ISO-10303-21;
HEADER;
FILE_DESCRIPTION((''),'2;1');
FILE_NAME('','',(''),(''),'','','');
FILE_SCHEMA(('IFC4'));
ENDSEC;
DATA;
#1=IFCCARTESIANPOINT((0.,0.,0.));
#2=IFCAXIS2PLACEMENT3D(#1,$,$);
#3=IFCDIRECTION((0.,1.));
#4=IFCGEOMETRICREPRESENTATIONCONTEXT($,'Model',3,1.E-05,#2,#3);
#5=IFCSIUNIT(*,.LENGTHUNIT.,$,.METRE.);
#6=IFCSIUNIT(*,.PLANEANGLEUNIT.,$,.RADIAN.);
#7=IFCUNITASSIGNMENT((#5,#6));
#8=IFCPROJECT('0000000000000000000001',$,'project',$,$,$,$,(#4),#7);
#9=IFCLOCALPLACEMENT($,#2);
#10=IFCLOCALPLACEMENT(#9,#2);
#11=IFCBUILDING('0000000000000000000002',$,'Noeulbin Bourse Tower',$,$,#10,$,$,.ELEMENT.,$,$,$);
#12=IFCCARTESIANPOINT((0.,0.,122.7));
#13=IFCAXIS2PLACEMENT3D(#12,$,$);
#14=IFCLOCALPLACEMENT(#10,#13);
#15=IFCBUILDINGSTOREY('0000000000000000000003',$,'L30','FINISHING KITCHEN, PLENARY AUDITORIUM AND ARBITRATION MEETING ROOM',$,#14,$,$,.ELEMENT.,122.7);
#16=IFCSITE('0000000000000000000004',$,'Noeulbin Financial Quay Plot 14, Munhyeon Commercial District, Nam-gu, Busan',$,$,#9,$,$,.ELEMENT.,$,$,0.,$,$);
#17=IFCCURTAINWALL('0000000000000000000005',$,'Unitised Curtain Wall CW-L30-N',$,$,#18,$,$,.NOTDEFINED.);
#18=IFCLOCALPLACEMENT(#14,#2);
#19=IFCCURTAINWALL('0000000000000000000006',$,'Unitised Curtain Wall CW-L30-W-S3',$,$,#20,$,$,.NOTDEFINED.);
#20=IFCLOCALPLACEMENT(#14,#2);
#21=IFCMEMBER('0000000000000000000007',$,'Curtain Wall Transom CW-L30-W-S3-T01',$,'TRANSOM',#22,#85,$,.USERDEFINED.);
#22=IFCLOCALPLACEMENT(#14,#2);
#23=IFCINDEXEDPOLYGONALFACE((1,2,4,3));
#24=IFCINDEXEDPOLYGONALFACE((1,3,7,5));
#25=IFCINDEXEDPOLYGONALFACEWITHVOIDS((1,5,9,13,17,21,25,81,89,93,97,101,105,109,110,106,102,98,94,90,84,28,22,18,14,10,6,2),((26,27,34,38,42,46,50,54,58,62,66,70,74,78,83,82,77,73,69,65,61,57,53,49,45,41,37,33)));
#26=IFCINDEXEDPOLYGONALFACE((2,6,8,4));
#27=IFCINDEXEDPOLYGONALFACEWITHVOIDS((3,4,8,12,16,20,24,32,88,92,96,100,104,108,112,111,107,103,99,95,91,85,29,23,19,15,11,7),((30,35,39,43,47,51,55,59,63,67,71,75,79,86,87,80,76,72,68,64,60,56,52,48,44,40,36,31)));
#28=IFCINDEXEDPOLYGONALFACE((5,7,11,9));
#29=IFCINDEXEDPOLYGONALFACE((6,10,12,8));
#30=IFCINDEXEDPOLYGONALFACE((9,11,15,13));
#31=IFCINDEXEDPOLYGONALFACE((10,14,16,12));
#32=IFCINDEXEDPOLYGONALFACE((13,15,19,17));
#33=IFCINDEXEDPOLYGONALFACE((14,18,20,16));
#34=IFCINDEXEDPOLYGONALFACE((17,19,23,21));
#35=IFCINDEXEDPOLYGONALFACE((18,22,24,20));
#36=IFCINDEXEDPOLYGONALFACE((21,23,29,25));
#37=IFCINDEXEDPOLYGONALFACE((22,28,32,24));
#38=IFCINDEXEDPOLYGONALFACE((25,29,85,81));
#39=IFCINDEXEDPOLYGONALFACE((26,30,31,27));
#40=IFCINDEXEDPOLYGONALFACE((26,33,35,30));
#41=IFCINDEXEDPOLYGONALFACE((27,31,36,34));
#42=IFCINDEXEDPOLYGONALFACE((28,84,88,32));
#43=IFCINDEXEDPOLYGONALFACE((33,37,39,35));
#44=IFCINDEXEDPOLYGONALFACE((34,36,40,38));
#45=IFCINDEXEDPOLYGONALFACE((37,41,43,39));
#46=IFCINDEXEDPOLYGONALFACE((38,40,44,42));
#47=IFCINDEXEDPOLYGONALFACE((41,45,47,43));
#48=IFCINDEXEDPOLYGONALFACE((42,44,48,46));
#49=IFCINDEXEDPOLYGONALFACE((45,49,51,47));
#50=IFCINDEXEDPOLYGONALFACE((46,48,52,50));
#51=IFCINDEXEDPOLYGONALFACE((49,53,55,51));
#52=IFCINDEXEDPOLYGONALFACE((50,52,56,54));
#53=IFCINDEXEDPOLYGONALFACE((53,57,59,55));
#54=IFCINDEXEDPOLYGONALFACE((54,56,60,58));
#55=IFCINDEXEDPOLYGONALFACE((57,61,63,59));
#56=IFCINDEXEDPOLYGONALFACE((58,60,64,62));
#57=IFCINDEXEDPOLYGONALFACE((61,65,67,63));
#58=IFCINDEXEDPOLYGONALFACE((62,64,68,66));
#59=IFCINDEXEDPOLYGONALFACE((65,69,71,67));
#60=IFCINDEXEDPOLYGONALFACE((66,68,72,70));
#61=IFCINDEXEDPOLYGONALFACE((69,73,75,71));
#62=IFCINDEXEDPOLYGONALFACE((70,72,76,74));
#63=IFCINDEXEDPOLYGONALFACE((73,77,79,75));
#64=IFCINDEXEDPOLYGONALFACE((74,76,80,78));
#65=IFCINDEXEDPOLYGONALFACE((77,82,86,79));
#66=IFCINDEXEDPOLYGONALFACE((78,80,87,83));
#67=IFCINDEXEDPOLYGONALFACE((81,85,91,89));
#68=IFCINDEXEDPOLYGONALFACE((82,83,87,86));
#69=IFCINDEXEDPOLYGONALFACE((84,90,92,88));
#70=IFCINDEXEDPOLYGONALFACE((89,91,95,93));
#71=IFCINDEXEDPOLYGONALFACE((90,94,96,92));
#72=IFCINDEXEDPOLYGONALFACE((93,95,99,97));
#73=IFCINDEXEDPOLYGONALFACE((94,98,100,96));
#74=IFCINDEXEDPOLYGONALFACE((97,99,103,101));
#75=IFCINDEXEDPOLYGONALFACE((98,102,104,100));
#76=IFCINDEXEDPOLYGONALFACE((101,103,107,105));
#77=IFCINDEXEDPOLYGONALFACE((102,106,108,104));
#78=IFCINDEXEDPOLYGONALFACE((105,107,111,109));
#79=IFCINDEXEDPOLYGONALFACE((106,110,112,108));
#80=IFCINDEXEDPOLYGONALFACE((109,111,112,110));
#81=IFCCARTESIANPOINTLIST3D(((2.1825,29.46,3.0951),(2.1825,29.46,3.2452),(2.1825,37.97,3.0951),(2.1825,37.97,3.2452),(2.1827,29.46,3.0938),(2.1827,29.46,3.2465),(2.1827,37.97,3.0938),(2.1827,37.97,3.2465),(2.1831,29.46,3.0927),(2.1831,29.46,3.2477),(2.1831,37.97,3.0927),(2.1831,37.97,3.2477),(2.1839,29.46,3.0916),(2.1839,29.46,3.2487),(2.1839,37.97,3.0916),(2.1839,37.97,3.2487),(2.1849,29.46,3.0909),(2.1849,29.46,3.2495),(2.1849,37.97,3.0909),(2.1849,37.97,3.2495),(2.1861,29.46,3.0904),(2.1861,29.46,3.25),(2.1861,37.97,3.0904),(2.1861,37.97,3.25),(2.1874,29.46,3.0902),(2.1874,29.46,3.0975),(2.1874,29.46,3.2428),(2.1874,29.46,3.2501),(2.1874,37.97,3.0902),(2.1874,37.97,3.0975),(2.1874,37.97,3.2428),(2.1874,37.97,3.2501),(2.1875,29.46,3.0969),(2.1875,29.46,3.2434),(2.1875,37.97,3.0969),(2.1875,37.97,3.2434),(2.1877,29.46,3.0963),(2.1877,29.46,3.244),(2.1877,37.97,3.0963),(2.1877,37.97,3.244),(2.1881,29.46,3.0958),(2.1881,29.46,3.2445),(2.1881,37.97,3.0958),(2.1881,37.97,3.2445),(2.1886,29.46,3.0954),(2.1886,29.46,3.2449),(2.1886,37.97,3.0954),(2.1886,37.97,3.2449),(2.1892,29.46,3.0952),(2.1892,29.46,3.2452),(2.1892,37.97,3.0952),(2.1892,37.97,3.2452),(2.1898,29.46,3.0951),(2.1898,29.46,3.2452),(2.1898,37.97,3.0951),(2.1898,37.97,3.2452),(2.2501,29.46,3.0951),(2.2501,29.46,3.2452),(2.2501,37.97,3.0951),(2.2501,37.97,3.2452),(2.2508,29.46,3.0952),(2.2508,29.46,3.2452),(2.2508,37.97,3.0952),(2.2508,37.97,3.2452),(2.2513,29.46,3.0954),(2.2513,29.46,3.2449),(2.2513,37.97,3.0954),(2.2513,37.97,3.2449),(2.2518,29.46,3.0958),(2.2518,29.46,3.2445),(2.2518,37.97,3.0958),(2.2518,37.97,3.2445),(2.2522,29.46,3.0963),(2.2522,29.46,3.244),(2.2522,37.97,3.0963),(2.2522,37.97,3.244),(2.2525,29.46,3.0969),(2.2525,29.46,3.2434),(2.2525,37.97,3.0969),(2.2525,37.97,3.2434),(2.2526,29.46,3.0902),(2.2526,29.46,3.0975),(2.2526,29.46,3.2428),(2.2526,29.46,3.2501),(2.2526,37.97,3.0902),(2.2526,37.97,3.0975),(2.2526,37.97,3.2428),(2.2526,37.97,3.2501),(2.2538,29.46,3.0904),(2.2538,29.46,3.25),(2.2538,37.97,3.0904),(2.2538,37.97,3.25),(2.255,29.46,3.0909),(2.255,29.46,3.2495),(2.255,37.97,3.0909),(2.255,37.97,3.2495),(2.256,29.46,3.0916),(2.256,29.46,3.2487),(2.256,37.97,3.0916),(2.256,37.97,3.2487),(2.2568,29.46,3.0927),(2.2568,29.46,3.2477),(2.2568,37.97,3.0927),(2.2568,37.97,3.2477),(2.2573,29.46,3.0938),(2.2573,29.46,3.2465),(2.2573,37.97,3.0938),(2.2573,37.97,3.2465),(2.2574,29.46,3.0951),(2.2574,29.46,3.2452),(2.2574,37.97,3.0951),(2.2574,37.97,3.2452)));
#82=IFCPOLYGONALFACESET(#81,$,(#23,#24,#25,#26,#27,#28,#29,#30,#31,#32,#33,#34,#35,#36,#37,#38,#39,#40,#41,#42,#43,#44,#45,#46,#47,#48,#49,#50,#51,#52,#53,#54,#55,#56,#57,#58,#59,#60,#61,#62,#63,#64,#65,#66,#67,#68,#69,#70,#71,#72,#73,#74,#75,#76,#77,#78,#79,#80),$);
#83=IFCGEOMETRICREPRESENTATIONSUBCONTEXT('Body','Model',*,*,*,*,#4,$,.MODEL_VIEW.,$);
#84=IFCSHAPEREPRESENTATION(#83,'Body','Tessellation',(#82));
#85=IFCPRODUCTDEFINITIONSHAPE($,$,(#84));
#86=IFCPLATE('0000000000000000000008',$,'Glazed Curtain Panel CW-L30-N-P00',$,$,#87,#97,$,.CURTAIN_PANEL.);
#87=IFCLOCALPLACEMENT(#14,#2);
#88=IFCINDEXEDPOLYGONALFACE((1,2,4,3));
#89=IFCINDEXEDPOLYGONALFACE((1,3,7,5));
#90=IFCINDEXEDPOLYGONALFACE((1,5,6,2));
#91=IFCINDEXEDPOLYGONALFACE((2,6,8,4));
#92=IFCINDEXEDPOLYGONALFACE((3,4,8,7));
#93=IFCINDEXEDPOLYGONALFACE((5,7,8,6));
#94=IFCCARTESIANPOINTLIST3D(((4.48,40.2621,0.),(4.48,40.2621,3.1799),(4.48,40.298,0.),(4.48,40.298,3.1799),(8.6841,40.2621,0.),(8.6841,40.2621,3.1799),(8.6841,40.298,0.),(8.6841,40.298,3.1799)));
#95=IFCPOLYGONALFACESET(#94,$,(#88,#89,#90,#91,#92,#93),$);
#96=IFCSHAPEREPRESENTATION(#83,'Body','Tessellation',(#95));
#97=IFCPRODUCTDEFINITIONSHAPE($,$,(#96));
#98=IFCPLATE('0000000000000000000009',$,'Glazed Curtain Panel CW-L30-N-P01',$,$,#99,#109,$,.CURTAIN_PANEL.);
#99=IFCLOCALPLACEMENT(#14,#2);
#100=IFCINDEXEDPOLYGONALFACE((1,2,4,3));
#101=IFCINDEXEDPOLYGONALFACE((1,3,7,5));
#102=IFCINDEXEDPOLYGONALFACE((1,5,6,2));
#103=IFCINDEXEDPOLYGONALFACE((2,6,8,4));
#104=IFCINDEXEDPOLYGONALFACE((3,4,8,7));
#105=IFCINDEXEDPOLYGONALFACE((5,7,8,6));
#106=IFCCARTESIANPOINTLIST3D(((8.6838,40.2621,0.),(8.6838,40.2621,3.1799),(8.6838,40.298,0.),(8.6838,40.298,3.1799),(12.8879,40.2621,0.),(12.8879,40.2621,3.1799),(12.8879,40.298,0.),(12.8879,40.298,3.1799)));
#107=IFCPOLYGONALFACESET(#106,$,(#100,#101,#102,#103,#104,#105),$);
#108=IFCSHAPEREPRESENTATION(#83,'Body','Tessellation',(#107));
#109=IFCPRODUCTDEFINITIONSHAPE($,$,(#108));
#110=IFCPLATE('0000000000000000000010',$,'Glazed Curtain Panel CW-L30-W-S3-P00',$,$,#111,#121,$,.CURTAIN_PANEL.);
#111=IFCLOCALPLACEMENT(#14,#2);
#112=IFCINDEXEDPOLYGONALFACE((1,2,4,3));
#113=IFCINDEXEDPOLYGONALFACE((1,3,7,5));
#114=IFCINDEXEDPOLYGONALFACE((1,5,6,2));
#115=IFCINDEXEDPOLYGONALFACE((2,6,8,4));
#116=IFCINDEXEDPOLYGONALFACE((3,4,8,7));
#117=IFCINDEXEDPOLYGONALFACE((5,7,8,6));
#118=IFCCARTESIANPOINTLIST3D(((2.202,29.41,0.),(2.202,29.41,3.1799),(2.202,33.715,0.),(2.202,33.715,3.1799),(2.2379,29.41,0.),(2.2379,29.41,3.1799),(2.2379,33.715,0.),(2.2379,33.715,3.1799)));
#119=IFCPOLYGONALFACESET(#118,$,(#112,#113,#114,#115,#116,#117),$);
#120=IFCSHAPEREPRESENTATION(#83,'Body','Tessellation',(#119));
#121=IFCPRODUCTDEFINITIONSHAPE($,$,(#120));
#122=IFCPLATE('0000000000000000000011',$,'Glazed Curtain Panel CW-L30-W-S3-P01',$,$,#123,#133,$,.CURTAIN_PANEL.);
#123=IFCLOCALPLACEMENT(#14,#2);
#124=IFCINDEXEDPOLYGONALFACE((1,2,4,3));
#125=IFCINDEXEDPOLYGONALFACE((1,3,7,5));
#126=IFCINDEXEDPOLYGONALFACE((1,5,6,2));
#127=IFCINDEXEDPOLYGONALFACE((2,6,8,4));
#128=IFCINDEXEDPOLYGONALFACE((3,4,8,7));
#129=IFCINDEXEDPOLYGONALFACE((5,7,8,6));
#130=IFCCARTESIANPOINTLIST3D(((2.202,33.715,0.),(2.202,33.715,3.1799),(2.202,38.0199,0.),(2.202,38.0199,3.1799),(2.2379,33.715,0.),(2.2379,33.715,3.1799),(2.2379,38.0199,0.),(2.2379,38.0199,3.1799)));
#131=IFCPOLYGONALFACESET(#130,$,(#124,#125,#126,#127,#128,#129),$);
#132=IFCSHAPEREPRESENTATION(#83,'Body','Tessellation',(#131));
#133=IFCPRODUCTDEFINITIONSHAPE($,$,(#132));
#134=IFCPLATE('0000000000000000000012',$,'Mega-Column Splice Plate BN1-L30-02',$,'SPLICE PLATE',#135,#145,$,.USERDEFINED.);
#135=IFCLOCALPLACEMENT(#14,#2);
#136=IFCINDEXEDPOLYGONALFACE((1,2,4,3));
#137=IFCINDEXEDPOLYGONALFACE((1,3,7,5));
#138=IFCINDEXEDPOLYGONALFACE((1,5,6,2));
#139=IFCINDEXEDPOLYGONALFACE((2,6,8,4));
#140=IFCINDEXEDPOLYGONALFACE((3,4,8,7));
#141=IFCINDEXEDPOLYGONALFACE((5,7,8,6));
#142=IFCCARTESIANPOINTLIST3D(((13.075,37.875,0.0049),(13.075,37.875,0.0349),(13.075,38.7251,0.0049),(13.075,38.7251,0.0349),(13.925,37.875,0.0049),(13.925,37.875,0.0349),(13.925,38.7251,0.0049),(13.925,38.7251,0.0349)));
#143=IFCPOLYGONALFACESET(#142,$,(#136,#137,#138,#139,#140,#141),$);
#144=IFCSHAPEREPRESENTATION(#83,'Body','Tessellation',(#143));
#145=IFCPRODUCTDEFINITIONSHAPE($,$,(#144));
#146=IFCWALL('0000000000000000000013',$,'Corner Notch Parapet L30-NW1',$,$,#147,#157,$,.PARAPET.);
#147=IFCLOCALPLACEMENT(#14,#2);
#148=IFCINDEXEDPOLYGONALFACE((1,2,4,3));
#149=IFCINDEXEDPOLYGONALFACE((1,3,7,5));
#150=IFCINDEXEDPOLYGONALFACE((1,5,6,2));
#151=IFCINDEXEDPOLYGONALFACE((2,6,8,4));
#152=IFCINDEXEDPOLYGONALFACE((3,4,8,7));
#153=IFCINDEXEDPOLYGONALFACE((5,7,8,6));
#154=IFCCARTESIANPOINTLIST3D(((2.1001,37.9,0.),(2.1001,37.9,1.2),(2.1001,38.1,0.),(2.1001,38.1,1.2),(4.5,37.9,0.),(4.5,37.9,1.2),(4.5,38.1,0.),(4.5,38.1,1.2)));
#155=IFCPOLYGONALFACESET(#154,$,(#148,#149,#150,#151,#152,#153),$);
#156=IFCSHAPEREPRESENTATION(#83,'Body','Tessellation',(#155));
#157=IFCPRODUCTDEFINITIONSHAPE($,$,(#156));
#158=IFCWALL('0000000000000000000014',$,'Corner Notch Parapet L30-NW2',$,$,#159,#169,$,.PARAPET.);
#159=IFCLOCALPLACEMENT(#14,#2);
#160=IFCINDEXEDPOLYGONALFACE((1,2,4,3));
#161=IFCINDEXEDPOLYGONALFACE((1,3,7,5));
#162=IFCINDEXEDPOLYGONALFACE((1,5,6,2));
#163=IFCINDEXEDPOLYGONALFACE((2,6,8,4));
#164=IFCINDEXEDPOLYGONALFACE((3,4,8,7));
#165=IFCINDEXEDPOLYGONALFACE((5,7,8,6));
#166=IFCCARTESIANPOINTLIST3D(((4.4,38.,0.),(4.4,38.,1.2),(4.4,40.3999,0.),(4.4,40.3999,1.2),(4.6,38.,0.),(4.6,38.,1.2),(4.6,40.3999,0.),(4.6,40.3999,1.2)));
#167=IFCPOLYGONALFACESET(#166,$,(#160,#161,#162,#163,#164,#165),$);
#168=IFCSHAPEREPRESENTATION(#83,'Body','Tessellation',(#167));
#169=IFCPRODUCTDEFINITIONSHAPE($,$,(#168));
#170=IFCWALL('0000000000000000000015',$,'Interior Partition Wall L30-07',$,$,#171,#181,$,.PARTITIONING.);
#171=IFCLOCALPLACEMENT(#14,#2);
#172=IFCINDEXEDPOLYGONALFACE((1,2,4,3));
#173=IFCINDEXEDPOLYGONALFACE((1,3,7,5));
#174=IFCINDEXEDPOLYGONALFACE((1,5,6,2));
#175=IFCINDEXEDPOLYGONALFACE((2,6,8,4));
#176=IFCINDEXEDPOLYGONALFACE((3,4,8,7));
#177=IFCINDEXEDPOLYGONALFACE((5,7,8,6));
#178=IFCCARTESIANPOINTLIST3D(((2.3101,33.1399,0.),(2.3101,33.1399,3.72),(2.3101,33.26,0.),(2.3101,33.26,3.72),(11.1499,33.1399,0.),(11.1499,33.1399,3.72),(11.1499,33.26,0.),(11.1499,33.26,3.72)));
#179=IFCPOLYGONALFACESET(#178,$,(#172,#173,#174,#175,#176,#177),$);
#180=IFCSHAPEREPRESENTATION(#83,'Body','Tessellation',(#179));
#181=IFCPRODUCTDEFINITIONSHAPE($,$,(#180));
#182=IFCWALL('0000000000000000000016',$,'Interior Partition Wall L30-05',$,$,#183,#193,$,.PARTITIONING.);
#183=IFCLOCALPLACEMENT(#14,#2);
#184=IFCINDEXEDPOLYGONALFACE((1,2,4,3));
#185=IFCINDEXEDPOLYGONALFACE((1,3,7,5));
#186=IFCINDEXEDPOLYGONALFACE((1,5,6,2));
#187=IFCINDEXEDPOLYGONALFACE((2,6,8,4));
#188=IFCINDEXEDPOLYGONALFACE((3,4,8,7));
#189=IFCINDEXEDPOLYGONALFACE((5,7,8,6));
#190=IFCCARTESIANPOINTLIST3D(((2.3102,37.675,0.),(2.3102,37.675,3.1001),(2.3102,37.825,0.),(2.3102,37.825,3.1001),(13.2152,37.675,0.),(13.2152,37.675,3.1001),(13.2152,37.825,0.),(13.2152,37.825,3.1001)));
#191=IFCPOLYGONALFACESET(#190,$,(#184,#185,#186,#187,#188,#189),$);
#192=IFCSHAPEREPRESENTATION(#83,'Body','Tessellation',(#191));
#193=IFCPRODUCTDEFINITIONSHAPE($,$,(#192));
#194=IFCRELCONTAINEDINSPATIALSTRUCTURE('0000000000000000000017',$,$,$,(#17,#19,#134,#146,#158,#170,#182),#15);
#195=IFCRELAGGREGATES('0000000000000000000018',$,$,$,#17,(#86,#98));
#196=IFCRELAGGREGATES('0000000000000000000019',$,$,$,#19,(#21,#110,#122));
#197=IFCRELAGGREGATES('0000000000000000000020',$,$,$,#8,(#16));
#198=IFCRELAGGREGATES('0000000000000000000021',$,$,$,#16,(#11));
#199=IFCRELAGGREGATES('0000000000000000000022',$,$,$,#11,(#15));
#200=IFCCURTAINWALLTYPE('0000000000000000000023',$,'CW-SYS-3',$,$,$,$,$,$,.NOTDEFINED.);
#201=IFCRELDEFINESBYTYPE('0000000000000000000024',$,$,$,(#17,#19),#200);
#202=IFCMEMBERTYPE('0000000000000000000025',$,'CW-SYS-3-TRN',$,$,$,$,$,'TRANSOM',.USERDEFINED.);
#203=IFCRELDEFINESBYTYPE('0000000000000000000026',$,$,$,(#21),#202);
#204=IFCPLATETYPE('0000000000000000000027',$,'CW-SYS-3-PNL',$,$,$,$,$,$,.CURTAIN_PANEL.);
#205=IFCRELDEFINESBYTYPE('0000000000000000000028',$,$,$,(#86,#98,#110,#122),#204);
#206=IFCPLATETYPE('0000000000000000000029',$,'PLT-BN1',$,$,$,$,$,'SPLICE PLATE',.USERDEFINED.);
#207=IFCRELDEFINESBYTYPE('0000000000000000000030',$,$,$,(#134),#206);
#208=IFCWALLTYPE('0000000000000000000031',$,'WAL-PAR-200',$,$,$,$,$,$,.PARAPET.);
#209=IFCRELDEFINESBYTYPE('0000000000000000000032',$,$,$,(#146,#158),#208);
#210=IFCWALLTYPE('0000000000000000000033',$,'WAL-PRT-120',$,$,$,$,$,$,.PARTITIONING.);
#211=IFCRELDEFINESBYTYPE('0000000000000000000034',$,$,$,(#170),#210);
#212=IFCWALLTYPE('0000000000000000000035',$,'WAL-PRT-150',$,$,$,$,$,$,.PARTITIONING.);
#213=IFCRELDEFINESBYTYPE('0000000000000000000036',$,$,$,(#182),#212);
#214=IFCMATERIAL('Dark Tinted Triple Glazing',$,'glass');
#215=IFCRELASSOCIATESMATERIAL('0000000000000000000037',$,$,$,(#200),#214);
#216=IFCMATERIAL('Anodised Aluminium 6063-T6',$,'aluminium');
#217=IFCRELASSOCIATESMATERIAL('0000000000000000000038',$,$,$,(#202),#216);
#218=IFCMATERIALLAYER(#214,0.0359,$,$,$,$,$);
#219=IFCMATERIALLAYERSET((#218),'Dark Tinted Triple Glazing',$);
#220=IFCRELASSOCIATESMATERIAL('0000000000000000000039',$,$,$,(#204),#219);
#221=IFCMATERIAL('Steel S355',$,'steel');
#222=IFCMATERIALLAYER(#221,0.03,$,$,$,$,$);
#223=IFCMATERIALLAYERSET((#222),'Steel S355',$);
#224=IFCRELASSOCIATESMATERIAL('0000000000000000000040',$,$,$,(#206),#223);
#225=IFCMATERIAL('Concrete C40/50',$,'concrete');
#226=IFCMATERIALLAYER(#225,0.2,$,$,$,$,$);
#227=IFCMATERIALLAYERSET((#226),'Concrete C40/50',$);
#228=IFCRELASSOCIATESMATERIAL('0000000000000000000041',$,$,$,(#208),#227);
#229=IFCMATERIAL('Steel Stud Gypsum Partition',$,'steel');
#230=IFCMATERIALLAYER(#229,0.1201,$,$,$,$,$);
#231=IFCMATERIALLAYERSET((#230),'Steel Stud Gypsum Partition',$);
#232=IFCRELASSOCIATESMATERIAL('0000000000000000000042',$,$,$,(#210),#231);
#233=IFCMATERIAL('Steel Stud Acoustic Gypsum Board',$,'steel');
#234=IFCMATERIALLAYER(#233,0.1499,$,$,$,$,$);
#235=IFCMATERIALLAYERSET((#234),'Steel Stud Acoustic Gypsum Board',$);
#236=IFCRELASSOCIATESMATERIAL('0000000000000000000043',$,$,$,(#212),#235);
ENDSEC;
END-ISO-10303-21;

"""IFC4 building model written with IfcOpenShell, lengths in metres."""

from ifc_helpers import new_model, si_unit, direction, frame, frame_2d, origin, origin_2d, place, context, subcontext, project, spatial, rectangle, hollow_rectangle, extrude, material, layer, layer_set, material_profile, profile_set, type_object, element, aggregate, save


model = new_model("IFC4")

# Units and contexts
model_context = context("Model", 3, precision=1e-05, world=origin(), true_north=direction((0.0, 1.0)))
body_context = subcontext(model_context, "Body", "Model", "MODEL_VIEW")
ifc_project = project(units=[si_unit("LENGTHUNIT", "METRE"), si_unit("PLANEANGLEUNIT", "RADIAN")], contexts=[model_context])

# Site, building, storey
site_placement = place(None, origin())
site = spatial("IfcSite", under=ifc_project, at=site_placement, Name="Noeulbin Financial Quay Plot 14, Munhyeon Commercial District, Nam-gu, Busan", CompositionType="ELEMENT", RefElevation=0.0)
building_placement = place(site_placement, origin())
building = spatial("IfcBuilding", under=site, at=building_placement, Name="Noeulbin Bourse Tower", CompositionType="ELEMENT")
storey_placement = place(building_placement, frame((0.0, 0.0, 122.7)))
storey = spatial("IfcBuildingStorey", under=building, at=storey_placement, Name="L30", Description="FINISHING KITCHEN, PLENARY AUDITORIUM AND ARBITRATION MEETING ROOM", CompositionType="ELEMENT", Elevation=122.7)

# Curtain walls
ifc_material_1 = material(Name="Dark Tinted Triple Glazing", Category="glass")
curtain_wall_type = type_object("IfcCurtainWallType", Name="CW-SYS-3", PredefinedType="NOTDEFINED", material=ifc_material_1)
curtain_wall_1_placement = place(storey_placement, origin())
curtain_wall_1 = element("IfcCurtainWall", 1, at=curtain_wall_1_placement, inside=storey, type_object=curtain_wall_type, Name="Unitised Curtain Wall CW-L30-N", PredefinedType="NOTDEFINED")
ifc_material_2 = material(Name="Anodised Aluminium 6063-T6", Category="aluminium")
curtain_wall_2_placement = place(storey_placement, origin())
curtain_wall_2 = element("IfcCurtainWall", 2, at=curtain_wall_2_placement, inside=storey, type_object=curtain_wall_type, Name="Unitised Curtain Wall CW-L30-W-S3", PredefinedType="NOTDEFINED")

# Member
ifc_material_profile_1 = material_profile(ifc_material_2, hollow_rectangle(XDim=0.075, YDim=0.1599, WallThickness=0.0049, InnerFilletRadius=0.0024, OuterFilletRadius=0.0049, at=origin_2d()), Name="ALU-TRAN-75x160x5", Category="LoadBearing")
ifc_profile_set_1 = profile_set([ifc_material_profile_1], Name="Anodised Aluminium 6063-T6")
member_type_1 = type_object("IfcMemberType", Name="CW-SYS-3-TRN", ElementType="TRANSOM", PredefinedType="USERDEFINED", material=ifc_profile_set_1)
member_1_placement = place(storey_placement, frame((2.22, 29.46, 3.1702), z_axis=(0.0, 1.0, 0.0), x_axis=(-1.0, 0.0, 0.0)))
member_1 = element("IfcMember", 3, at=member_1_placement, type_object=member_type_1, Name="Curtain Wall Transom CW-L30-W-S3-T01", ObjectType="TRANSOM", PredefinedType="USERDEFINED", context=body_context, shape_type="SweptSolid", body=[
    extrude(hollow_rectangle(XDim=0.075, YDim=0.1599, WallThickness=0.0049, InnerFilletRadius=0.0024, OuterFilletRadius=0.0049, at=origin_2d()), origin(), (0.0, 0.0, 1.0), 8.51),
])

# Plates
ifc_layer_1 = layer(ifc_material_1, 0.0359)
ifc_layer_set_1 = layer_set([ifc_layer_1], Name="Dark Tinted Triple Glazing")
plate_type_1 = type_object("IfcPlateType", Name="CW-SYS-3-PNL", PredefinedType="CURTAIN_PANEL", material=ifc_layer_set_1)
plate_1_placement = place(storey_placement, frame((6.582, 40.28, 0.0), z_axis=(0.0, 0.0, 1.0), x_axis=(1.0, 0.0, 0.0)))
plate_1 = element("IfcPlate", 4, at=plate_1_placement, type_object=plate_type_1, Name="Glazed Curtain Panel CW-L30-N-P00", PredefinedType="CURTAIN_PANEL", context=body_context, shape_type="SweptSolid", body=[
    extrude(rectangle(XDim=4.2041, YDim=0.0359, at=origin_2d()), origin(), (0.0, 0.0, 1.0), 3.1799),
])
plate_2_placement = place(storey_placement, frame((10.7859, 40.28, 0.0), z_axis=(0.0, 0.0, 1.0), x_axis=(1.0, 0.0, 0.0)))
plate_2 = element("IfcPlate", 5, at=plate_2_placement, type_object=plate_type_1, Name="Glazed Curtain Panel CW-L30-N-P01", PredefinedType="CURTAIN_PANEL", context=body_context, shape_type="SweptSolid", body=[
    extrude(rectangle(XDim=4.2041, YDim=0.0359, at=origin_2d()), origin(), (0.0, 0.0, 1.0), 3.1799),
])
aggregate(curtain_wall_1, [plate_1, plate_2])
plate_3_placement = place(storey_placement, frame((2.22, 31.5625, 0.0), z_axis=(0.0, 0.0, 1.0), x_axis=(0.0, 1.0, 0.0)))
plate_3 = element("IfcPlate", 6, at=plate_3_placement, type_object=plate_type_1, Name="Glazed Curtain Panel CW-L30-W-S3-P00", PredefinedType="CURTAIN_PANEL", context=body_context, shape_type="SweptSolid", body=[
    extrude(rectangle(XDim=4.3049, YDim=0.0359, at=origin_2d()), origin(), (0.0, 0.0, 1.0), 3.1799),
])
plate_4_placement = place(storey_placement, frame((2.22, 35.8674, 0.0), z_axis=(0.0, 0.0, 1.0), x_axis=(0.0, 1.0, 0.0)))
plate_4 = element("IfcPlate", 7, at=plate_4_placement, type_object=plate_type_1, Name="Glazed Curtain Panel CW-L30-W-S3-P01", PredefinedType="CURTAIN_PANEL", context=body_context, shape_type="SweptSolid", body=[
    extrude(rectangle(XDim=4.3049, YDim=0.0359, at=origin_2d()), origin(), (0.0, 0.0, 1.0), 3.1799),
])
aggregate(curtain_wall_2, [member_1, plate_3, plate_4])
ifc_material_3 = material(Name="Steel S355", Category="steel")
ifc_layer_2 = layer(ifc_material_3, 0.03)
ifc_layer_set_2 = layer_set([ifc_layer_2], Name="Steel S355")
plate_type_2 = type_object("IfcPlateType", Name="PLT-BN1", ElementType="SPLICE PLATE", PredefinedType="USERDEFINED", material=ifc_layer_set_2)
plate_5_placement = place(storey_placement, frame((13.5, 38.3, 0.0049), z_axis=(0.0, 0.0, 1.0), x_axis=(1.0, 0.0, 0.0)))
element("IfcPlate", 8, at=plate_5_placement, inside=storey, type_object=plate_type_2, Name="Mega-Column Splice Plate BN1-L30-02", ObjectType="SPLICE PLATE", PredefinedType="USERDEFINED", context=body_context, shape_type="SweptSolid", body=[
    extrude(rectangle(XDim=0.8501, YDim=0.8501, at=origin_2d()), origin(), (0.0, 0.0, 1.0), 0.03),
])

# Walls
ifc_material_4 = material(Name="Concrete C40/50", Category="concrete")
ifc_layer_3 = layer(ifc_material_4, 0.2)
ifc_layer_set_3 = layer_set([ifc_layer_3], Name="Concrete C40/50")
wall_type_1 = type_object("IfcWallType", Name="WAL-PAR-200", PredefinedType="PARAPET", material=ifc_layer_set_3)
for number, where, z_axis, x_axis, name in (
    (9, (2.1001, 38.0, 0.0), (0.0, 0.0, 1.0), (1.0, 0.0, 0.0), "Corner Notch Parapet L30-NW1"),
    (10, (4.5, 38.0, 0.0), (0.0, 0.0, 1.0), (0.0, 1.0, 0.0), "Corner Notch Parapet L30-NW2"),
):
    element("IfcWall", number, at=place(storey_placement, frame(where, z_axis=z_axis, x_axis=x_axis)), inside=storey, type_object=wall_type_1, Name=name, PredefinedType="PARAPET", context=body_context, shape_type="SweptSolid", body=[
        extrude(rectangle(XDim=2.3999, YDim=0.2, at=frame_2d((1.2, 0.0))), origin(), (0.0, 0.0, 1.0), 1.2),
    ])
ifc_material_5 = material(Name="Steel Stud Gypsum Partition", Category="steel")
ifc_layer_4 = layer(ifc_material_5, 0.1201)
ifc_layer_set_4 = layer_set([ifc_layer_4], Name="Steel Stud Gypsum Partition")
wall_type_2 = type_object("IfcWallType", Name="WAL-PRT-120", PredefinedType="PARTITIONING", material=ifc_layer_set_4)
wall_1_placement = place(storey_placement, frame((2.3101, 33.2, 0.0), z_axis=(0.0, 0.0, 1.0), x_axis=(1.0, 0.0, 0.0)))
element("IfcWall", 11, at=wall_1_placement, inside=storey, type_object=wall_type_2, Name="Interior Partition Wall L30-07", PredefinedType="PARTITIONING", context=body_context, shape_type="SweptSolid", body=[
    extrude(rectangle(XDim=8.8398, YDim=0.1201, at=frame_2d((4.4199, 0.0))), origin(), (0.0, 0.0, 1.0), 3.72),
])
ifc_material_6 = material(Name="Steel Stud Acoustic Gypsum Board", Category="steel")
ifc_layer_5 = layer(ifc_material_6, 0.1499)
ifc_layer_set_5 = layer_set([ifc_layer_5], Name="Steel Stud Acoustic Gypsum Board")
wall_type_3 = type_object("IfcWallType", Name="WAL-PRT-150", PredefinedType="PARTITIONING", material=ifc_layer_set_5)
wall_2_placement = place(storey_placement, frame((2.3101, 37.75, 0.0), z_axis=(0.0, 0.0, 1.0), x_axis=(1.0, 0.0, 0.0)))
element("IfcWall", 12, at=wall_2_placement, inside=storey, type_object=wall_type_3, Name="Interior Partition Wall L30-05", PredefinedType="PARTITIONING", context=body_context, shape_type="SweptSolid", body=[
    extrude(rectangle(XDim=10.905, YDim=0.1499, at=frame_2d((5.4526, 0.0))), origin(), (0.0, 0.0, 1.0), 3.1001),
])

save(model, "model.ifc")
